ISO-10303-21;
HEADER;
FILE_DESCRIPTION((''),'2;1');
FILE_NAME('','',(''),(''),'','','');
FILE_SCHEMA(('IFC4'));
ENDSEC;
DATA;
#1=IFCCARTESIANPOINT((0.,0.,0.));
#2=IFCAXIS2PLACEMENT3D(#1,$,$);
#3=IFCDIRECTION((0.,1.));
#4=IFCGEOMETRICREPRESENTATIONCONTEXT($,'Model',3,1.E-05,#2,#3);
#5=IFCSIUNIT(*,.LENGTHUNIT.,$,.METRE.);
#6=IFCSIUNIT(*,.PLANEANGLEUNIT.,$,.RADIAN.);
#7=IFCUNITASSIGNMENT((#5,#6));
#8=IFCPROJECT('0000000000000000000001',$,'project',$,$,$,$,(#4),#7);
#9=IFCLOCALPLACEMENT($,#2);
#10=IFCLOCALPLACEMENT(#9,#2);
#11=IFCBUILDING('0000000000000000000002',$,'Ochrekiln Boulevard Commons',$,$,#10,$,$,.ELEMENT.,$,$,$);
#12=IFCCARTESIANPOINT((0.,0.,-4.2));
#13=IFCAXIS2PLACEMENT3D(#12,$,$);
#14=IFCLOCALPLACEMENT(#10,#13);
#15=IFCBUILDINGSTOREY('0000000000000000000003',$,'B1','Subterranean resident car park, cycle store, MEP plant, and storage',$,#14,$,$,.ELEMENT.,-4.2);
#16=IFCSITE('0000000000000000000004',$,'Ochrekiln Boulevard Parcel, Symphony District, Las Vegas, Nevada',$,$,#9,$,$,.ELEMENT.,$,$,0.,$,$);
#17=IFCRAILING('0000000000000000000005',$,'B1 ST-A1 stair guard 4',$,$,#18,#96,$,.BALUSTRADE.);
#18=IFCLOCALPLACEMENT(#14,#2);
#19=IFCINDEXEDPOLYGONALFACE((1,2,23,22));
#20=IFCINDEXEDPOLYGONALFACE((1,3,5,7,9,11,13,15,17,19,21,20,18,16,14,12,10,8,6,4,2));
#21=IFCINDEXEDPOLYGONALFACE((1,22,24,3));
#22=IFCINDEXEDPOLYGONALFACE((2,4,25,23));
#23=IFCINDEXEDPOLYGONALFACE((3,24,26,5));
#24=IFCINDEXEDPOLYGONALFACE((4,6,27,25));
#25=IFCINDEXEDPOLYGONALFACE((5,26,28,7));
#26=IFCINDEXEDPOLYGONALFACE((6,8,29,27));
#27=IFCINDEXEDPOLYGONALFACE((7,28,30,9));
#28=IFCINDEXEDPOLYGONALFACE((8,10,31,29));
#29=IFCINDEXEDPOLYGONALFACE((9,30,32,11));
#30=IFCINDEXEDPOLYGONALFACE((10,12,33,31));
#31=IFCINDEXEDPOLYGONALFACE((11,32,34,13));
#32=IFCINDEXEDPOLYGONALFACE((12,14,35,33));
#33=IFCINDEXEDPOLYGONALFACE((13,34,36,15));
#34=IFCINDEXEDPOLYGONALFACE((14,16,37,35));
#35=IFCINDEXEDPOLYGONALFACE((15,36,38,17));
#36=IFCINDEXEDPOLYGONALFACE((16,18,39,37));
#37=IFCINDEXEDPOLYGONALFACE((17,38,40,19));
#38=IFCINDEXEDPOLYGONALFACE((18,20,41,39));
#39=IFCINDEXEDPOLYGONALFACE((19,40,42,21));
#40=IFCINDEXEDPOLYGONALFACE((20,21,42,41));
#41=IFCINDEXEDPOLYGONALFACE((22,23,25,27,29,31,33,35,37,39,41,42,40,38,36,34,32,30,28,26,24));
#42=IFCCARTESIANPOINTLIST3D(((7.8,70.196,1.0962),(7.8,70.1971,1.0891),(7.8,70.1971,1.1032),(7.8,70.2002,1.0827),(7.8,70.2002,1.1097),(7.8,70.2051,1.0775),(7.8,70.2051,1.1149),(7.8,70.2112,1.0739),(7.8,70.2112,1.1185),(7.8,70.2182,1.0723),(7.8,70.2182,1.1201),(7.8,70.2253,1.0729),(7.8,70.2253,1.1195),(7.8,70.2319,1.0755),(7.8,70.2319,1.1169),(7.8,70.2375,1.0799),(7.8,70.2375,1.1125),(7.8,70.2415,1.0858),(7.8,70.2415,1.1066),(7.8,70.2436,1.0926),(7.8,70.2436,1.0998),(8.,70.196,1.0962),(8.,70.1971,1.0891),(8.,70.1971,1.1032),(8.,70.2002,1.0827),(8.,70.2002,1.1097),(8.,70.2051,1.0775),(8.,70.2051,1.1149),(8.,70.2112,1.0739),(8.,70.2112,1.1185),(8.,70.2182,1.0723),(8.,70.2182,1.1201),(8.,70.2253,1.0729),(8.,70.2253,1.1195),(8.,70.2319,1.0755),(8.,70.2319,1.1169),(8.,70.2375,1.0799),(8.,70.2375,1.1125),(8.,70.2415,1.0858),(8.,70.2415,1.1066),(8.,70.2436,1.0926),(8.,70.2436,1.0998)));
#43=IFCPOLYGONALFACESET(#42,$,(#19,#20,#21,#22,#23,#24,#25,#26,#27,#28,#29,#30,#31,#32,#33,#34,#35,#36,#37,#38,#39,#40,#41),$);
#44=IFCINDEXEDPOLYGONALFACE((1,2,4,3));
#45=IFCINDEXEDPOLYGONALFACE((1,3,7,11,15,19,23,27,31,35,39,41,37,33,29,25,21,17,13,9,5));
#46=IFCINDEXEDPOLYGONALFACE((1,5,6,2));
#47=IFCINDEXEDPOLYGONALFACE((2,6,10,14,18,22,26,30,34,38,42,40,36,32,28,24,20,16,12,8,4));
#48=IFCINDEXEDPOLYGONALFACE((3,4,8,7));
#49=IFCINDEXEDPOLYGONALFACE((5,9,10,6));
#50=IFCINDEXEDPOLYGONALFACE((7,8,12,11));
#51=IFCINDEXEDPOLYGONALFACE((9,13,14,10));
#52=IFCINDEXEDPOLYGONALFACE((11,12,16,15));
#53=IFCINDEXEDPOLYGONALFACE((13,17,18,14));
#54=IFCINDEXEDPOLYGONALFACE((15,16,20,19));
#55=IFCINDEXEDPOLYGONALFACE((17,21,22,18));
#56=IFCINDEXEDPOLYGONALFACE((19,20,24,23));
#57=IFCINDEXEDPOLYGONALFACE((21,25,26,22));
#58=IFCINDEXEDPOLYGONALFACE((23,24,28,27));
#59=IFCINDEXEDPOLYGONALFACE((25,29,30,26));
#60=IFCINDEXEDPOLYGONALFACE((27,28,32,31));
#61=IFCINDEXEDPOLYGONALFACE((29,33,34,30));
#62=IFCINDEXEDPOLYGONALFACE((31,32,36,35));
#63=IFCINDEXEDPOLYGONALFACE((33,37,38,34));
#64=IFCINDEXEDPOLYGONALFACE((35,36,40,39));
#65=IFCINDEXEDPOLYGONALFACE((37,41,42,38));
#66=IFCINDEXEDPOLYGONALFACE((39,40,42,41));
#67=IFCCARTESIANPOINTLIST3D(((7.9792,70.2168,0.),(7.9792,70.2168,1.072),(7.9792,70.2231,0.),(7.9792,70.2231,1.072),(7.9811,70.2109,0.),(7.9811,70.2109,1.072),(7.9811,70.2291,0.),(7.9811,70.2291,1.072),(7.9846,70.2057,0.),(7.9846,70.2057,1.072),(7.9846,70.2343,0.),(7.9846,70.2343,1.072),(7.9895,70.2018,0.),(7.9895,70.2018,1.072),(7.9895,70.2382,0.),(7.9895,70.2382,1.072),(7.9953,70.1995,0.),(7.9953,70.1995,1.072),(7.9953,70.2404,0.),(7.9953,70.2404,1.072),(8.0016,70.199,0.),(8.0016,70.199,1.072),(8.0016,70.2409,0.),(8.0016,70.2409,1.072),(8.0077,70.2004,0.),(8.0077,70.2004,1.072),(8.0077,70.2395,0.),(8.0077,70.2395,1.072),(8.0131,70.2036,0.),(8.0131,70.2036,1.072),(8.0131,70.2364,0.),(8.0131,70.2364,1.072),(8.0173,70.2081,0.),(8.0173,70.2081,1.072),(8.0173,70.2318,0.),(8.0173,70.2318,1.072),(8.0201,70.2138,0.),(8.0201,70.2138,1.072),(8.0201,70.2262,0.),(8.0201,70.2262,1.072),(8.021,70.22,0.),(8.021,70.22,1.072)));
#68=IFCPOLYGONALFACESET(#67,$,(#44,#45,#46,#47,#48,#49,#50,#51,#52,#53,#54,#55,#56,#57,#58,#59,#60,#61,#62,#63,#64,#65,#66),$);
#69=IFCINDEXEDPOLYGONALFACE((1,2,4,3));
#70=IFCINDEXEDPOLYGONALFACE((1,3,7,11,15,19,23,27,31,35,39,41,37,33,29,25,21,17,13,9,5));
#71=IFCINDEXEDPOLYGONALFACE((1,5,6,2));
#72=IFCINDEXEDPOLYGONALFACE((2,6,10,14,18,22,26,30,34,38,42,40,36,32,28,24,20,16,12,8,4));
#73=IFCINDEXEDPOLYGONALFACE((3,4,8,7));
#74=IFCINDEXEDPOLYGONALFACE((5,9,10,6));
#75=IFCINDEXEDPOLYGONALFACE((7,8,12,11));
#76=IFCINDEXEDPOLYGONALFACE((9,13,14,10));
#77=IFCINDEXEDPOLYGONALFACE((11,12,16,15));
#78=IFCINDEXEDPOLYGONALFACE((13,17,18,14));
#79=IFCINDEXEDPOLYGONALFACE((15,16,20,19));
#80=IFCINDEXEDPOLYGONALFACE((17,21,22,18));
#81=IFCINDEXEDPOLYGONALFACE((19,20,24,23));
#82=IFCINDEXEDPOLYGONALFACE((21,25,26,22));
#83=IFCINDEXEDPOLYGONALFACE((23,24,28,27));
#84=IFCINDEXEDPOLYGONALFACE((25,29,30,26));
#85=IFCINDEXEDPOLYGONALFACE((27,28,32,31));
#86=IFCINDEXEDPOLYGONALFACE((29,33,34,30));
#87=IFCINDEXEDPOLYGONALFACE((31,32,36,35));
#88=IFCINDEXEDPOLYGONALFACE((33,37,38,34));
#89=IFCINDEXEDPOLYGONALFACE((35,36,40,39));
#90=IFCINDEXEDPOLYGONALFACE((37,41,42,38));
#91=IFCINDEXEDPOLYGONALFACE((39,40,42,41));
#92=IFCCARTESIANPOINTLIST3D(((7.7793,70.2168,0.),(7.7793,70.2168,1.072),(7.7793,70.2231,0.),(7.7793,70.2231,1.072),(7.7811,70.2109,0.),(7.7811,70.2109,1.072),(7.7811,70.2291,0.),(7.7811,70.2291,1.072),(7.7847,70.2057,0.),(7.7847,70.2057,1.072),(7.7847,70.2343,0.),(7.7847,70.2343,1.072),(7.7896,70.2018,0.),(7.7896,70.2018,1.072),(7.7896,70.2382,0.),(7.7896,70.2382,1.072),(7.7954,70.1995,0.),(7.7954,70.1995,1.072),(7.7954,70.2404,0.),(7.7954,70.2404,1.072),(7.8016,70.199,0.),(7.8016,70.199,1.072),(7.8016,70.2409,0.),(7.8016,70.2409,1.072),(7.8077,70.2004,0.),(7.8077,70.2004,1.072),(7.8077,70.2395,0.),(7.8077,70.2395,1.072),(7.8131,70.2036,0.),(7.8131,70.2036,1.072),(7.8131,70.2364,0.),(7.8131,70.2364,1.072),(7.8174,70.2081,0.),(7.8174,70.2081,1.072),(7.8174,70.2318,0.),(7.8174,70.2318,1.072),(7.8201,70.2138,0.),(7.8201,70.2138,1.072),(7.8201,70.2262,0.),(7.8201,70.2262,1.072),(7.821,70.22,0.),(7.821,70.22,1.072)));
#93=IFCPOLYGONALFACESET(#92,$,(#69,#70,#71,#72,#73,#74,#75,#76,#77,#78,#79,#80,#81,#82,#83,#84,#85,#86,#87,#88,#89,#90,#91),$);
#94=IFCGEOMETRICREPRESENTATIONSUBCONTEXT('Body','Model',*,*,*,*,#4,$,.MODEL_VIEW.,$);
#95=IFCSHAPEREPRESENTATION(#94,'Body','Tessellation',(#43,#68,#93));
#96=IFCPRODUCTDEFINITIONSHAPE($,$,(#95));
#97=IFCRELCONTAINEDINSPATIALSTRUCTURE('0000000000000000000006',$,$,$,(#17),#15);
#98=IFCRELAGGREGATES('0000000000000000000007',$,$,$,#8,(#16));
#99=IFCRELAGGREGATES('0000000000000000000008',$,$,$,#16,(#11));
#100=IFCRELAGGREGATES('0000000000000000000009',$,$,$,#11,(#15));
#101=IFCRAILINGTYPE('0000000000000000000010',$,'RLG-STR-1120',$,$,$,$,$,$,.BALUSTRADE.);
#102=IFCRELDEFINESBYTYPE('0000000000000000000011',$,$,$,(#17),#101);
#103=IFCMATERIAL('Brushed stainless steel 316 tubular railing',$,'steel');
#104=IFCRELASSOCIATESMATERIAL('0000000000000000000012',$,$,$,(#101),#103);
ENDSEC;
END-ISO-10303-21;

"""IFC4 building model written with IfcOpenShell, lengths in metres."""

from ifc_helpers import new_model, si_unit, direction, frame, origin, origin_2d, place, context, subcontext, project, spatial, circle, extrude, material, type_object, element, save


model = new_model("IFC4")

# Units and contexts
model_context = context("Model", 3, precision=1e-05, world=origin(), true_north=direction((0.0, 1.0)))
body_context = subcontext(model_context, "Body", "Model", "MODEL_VIEW")
ifc_project = project(units=[si_unit("LENGTHUNIT", "METRE"), si_unit("PLANEANGLEUNIT", "RADIAN")], contexts=[model_context])

# Site, building, storey
site_placement = place(None, origin())
site = spatial("IfcSite", under=ifc_project, at=site_placement, Name="Ochrekiln Boulevard Parcel, Symphony District, Las Vegas, Nevada", CompositionType="ELEMENT", RefElevation=0.0)
building_placement = place(site_placement, origin())
building = spatial("IfcBuilding", under=site, at=building_placement, Name="Ochrekiln Boulevard Commons", CompositionType="ELEMENT")
storey_placement = place(building_placement, frame((0.0, 0.0, -4.2)))
storey = spatial("IfcBuildingStorey", under=building, at=storey_placement, Name="B1", Description="Subterranean resident car park, cycle store, MEP plant, and storage", CompositionType="ELEMENT", Elevation=-4.2)

# Railing
ifc_material_1 = material(Name="Brushed stainless steel 316 tubular railing", Category="steel")
railing_type_1 = type_object("IfcRailingType", Name="RLG-STR-1120", PredefinedType="BALUSTRADE", material=ifc_material_1)
railing_1_placement = place(storey_placement, frame((8.0, 70.22, 0.0)))
element("IfcRailing", 1, at=railing_1_placement, inside=storey, type_object=railing_type_1, Name="B1 ST-A1 stair guard 4", PredefinedType="BALUSTRADE", context=body_context, shape_type="SweptSolid", body=[
    extrude(circle(Radius=0.0239, at=origin_2d()), frame((0.0, 0.0, 1.0962), z_axis=(-1.0, 0.0, 0.0), x_axis=(0.0, -1.0, 0.0)), (0.0, 0.0, 1.0), 0.2),
    extrude(circle(Radius=0.021, at=origin_2d()), origin(), (0.0, 0.0, 1.0), 1.072),
    extrude(circle(Radius=0.021, at=origin_2d()), frame((-0.2, 0.0, 0.0)), (0.0, 0.0, 1.0), 1.072),
])

save(model, "model.ifc")
